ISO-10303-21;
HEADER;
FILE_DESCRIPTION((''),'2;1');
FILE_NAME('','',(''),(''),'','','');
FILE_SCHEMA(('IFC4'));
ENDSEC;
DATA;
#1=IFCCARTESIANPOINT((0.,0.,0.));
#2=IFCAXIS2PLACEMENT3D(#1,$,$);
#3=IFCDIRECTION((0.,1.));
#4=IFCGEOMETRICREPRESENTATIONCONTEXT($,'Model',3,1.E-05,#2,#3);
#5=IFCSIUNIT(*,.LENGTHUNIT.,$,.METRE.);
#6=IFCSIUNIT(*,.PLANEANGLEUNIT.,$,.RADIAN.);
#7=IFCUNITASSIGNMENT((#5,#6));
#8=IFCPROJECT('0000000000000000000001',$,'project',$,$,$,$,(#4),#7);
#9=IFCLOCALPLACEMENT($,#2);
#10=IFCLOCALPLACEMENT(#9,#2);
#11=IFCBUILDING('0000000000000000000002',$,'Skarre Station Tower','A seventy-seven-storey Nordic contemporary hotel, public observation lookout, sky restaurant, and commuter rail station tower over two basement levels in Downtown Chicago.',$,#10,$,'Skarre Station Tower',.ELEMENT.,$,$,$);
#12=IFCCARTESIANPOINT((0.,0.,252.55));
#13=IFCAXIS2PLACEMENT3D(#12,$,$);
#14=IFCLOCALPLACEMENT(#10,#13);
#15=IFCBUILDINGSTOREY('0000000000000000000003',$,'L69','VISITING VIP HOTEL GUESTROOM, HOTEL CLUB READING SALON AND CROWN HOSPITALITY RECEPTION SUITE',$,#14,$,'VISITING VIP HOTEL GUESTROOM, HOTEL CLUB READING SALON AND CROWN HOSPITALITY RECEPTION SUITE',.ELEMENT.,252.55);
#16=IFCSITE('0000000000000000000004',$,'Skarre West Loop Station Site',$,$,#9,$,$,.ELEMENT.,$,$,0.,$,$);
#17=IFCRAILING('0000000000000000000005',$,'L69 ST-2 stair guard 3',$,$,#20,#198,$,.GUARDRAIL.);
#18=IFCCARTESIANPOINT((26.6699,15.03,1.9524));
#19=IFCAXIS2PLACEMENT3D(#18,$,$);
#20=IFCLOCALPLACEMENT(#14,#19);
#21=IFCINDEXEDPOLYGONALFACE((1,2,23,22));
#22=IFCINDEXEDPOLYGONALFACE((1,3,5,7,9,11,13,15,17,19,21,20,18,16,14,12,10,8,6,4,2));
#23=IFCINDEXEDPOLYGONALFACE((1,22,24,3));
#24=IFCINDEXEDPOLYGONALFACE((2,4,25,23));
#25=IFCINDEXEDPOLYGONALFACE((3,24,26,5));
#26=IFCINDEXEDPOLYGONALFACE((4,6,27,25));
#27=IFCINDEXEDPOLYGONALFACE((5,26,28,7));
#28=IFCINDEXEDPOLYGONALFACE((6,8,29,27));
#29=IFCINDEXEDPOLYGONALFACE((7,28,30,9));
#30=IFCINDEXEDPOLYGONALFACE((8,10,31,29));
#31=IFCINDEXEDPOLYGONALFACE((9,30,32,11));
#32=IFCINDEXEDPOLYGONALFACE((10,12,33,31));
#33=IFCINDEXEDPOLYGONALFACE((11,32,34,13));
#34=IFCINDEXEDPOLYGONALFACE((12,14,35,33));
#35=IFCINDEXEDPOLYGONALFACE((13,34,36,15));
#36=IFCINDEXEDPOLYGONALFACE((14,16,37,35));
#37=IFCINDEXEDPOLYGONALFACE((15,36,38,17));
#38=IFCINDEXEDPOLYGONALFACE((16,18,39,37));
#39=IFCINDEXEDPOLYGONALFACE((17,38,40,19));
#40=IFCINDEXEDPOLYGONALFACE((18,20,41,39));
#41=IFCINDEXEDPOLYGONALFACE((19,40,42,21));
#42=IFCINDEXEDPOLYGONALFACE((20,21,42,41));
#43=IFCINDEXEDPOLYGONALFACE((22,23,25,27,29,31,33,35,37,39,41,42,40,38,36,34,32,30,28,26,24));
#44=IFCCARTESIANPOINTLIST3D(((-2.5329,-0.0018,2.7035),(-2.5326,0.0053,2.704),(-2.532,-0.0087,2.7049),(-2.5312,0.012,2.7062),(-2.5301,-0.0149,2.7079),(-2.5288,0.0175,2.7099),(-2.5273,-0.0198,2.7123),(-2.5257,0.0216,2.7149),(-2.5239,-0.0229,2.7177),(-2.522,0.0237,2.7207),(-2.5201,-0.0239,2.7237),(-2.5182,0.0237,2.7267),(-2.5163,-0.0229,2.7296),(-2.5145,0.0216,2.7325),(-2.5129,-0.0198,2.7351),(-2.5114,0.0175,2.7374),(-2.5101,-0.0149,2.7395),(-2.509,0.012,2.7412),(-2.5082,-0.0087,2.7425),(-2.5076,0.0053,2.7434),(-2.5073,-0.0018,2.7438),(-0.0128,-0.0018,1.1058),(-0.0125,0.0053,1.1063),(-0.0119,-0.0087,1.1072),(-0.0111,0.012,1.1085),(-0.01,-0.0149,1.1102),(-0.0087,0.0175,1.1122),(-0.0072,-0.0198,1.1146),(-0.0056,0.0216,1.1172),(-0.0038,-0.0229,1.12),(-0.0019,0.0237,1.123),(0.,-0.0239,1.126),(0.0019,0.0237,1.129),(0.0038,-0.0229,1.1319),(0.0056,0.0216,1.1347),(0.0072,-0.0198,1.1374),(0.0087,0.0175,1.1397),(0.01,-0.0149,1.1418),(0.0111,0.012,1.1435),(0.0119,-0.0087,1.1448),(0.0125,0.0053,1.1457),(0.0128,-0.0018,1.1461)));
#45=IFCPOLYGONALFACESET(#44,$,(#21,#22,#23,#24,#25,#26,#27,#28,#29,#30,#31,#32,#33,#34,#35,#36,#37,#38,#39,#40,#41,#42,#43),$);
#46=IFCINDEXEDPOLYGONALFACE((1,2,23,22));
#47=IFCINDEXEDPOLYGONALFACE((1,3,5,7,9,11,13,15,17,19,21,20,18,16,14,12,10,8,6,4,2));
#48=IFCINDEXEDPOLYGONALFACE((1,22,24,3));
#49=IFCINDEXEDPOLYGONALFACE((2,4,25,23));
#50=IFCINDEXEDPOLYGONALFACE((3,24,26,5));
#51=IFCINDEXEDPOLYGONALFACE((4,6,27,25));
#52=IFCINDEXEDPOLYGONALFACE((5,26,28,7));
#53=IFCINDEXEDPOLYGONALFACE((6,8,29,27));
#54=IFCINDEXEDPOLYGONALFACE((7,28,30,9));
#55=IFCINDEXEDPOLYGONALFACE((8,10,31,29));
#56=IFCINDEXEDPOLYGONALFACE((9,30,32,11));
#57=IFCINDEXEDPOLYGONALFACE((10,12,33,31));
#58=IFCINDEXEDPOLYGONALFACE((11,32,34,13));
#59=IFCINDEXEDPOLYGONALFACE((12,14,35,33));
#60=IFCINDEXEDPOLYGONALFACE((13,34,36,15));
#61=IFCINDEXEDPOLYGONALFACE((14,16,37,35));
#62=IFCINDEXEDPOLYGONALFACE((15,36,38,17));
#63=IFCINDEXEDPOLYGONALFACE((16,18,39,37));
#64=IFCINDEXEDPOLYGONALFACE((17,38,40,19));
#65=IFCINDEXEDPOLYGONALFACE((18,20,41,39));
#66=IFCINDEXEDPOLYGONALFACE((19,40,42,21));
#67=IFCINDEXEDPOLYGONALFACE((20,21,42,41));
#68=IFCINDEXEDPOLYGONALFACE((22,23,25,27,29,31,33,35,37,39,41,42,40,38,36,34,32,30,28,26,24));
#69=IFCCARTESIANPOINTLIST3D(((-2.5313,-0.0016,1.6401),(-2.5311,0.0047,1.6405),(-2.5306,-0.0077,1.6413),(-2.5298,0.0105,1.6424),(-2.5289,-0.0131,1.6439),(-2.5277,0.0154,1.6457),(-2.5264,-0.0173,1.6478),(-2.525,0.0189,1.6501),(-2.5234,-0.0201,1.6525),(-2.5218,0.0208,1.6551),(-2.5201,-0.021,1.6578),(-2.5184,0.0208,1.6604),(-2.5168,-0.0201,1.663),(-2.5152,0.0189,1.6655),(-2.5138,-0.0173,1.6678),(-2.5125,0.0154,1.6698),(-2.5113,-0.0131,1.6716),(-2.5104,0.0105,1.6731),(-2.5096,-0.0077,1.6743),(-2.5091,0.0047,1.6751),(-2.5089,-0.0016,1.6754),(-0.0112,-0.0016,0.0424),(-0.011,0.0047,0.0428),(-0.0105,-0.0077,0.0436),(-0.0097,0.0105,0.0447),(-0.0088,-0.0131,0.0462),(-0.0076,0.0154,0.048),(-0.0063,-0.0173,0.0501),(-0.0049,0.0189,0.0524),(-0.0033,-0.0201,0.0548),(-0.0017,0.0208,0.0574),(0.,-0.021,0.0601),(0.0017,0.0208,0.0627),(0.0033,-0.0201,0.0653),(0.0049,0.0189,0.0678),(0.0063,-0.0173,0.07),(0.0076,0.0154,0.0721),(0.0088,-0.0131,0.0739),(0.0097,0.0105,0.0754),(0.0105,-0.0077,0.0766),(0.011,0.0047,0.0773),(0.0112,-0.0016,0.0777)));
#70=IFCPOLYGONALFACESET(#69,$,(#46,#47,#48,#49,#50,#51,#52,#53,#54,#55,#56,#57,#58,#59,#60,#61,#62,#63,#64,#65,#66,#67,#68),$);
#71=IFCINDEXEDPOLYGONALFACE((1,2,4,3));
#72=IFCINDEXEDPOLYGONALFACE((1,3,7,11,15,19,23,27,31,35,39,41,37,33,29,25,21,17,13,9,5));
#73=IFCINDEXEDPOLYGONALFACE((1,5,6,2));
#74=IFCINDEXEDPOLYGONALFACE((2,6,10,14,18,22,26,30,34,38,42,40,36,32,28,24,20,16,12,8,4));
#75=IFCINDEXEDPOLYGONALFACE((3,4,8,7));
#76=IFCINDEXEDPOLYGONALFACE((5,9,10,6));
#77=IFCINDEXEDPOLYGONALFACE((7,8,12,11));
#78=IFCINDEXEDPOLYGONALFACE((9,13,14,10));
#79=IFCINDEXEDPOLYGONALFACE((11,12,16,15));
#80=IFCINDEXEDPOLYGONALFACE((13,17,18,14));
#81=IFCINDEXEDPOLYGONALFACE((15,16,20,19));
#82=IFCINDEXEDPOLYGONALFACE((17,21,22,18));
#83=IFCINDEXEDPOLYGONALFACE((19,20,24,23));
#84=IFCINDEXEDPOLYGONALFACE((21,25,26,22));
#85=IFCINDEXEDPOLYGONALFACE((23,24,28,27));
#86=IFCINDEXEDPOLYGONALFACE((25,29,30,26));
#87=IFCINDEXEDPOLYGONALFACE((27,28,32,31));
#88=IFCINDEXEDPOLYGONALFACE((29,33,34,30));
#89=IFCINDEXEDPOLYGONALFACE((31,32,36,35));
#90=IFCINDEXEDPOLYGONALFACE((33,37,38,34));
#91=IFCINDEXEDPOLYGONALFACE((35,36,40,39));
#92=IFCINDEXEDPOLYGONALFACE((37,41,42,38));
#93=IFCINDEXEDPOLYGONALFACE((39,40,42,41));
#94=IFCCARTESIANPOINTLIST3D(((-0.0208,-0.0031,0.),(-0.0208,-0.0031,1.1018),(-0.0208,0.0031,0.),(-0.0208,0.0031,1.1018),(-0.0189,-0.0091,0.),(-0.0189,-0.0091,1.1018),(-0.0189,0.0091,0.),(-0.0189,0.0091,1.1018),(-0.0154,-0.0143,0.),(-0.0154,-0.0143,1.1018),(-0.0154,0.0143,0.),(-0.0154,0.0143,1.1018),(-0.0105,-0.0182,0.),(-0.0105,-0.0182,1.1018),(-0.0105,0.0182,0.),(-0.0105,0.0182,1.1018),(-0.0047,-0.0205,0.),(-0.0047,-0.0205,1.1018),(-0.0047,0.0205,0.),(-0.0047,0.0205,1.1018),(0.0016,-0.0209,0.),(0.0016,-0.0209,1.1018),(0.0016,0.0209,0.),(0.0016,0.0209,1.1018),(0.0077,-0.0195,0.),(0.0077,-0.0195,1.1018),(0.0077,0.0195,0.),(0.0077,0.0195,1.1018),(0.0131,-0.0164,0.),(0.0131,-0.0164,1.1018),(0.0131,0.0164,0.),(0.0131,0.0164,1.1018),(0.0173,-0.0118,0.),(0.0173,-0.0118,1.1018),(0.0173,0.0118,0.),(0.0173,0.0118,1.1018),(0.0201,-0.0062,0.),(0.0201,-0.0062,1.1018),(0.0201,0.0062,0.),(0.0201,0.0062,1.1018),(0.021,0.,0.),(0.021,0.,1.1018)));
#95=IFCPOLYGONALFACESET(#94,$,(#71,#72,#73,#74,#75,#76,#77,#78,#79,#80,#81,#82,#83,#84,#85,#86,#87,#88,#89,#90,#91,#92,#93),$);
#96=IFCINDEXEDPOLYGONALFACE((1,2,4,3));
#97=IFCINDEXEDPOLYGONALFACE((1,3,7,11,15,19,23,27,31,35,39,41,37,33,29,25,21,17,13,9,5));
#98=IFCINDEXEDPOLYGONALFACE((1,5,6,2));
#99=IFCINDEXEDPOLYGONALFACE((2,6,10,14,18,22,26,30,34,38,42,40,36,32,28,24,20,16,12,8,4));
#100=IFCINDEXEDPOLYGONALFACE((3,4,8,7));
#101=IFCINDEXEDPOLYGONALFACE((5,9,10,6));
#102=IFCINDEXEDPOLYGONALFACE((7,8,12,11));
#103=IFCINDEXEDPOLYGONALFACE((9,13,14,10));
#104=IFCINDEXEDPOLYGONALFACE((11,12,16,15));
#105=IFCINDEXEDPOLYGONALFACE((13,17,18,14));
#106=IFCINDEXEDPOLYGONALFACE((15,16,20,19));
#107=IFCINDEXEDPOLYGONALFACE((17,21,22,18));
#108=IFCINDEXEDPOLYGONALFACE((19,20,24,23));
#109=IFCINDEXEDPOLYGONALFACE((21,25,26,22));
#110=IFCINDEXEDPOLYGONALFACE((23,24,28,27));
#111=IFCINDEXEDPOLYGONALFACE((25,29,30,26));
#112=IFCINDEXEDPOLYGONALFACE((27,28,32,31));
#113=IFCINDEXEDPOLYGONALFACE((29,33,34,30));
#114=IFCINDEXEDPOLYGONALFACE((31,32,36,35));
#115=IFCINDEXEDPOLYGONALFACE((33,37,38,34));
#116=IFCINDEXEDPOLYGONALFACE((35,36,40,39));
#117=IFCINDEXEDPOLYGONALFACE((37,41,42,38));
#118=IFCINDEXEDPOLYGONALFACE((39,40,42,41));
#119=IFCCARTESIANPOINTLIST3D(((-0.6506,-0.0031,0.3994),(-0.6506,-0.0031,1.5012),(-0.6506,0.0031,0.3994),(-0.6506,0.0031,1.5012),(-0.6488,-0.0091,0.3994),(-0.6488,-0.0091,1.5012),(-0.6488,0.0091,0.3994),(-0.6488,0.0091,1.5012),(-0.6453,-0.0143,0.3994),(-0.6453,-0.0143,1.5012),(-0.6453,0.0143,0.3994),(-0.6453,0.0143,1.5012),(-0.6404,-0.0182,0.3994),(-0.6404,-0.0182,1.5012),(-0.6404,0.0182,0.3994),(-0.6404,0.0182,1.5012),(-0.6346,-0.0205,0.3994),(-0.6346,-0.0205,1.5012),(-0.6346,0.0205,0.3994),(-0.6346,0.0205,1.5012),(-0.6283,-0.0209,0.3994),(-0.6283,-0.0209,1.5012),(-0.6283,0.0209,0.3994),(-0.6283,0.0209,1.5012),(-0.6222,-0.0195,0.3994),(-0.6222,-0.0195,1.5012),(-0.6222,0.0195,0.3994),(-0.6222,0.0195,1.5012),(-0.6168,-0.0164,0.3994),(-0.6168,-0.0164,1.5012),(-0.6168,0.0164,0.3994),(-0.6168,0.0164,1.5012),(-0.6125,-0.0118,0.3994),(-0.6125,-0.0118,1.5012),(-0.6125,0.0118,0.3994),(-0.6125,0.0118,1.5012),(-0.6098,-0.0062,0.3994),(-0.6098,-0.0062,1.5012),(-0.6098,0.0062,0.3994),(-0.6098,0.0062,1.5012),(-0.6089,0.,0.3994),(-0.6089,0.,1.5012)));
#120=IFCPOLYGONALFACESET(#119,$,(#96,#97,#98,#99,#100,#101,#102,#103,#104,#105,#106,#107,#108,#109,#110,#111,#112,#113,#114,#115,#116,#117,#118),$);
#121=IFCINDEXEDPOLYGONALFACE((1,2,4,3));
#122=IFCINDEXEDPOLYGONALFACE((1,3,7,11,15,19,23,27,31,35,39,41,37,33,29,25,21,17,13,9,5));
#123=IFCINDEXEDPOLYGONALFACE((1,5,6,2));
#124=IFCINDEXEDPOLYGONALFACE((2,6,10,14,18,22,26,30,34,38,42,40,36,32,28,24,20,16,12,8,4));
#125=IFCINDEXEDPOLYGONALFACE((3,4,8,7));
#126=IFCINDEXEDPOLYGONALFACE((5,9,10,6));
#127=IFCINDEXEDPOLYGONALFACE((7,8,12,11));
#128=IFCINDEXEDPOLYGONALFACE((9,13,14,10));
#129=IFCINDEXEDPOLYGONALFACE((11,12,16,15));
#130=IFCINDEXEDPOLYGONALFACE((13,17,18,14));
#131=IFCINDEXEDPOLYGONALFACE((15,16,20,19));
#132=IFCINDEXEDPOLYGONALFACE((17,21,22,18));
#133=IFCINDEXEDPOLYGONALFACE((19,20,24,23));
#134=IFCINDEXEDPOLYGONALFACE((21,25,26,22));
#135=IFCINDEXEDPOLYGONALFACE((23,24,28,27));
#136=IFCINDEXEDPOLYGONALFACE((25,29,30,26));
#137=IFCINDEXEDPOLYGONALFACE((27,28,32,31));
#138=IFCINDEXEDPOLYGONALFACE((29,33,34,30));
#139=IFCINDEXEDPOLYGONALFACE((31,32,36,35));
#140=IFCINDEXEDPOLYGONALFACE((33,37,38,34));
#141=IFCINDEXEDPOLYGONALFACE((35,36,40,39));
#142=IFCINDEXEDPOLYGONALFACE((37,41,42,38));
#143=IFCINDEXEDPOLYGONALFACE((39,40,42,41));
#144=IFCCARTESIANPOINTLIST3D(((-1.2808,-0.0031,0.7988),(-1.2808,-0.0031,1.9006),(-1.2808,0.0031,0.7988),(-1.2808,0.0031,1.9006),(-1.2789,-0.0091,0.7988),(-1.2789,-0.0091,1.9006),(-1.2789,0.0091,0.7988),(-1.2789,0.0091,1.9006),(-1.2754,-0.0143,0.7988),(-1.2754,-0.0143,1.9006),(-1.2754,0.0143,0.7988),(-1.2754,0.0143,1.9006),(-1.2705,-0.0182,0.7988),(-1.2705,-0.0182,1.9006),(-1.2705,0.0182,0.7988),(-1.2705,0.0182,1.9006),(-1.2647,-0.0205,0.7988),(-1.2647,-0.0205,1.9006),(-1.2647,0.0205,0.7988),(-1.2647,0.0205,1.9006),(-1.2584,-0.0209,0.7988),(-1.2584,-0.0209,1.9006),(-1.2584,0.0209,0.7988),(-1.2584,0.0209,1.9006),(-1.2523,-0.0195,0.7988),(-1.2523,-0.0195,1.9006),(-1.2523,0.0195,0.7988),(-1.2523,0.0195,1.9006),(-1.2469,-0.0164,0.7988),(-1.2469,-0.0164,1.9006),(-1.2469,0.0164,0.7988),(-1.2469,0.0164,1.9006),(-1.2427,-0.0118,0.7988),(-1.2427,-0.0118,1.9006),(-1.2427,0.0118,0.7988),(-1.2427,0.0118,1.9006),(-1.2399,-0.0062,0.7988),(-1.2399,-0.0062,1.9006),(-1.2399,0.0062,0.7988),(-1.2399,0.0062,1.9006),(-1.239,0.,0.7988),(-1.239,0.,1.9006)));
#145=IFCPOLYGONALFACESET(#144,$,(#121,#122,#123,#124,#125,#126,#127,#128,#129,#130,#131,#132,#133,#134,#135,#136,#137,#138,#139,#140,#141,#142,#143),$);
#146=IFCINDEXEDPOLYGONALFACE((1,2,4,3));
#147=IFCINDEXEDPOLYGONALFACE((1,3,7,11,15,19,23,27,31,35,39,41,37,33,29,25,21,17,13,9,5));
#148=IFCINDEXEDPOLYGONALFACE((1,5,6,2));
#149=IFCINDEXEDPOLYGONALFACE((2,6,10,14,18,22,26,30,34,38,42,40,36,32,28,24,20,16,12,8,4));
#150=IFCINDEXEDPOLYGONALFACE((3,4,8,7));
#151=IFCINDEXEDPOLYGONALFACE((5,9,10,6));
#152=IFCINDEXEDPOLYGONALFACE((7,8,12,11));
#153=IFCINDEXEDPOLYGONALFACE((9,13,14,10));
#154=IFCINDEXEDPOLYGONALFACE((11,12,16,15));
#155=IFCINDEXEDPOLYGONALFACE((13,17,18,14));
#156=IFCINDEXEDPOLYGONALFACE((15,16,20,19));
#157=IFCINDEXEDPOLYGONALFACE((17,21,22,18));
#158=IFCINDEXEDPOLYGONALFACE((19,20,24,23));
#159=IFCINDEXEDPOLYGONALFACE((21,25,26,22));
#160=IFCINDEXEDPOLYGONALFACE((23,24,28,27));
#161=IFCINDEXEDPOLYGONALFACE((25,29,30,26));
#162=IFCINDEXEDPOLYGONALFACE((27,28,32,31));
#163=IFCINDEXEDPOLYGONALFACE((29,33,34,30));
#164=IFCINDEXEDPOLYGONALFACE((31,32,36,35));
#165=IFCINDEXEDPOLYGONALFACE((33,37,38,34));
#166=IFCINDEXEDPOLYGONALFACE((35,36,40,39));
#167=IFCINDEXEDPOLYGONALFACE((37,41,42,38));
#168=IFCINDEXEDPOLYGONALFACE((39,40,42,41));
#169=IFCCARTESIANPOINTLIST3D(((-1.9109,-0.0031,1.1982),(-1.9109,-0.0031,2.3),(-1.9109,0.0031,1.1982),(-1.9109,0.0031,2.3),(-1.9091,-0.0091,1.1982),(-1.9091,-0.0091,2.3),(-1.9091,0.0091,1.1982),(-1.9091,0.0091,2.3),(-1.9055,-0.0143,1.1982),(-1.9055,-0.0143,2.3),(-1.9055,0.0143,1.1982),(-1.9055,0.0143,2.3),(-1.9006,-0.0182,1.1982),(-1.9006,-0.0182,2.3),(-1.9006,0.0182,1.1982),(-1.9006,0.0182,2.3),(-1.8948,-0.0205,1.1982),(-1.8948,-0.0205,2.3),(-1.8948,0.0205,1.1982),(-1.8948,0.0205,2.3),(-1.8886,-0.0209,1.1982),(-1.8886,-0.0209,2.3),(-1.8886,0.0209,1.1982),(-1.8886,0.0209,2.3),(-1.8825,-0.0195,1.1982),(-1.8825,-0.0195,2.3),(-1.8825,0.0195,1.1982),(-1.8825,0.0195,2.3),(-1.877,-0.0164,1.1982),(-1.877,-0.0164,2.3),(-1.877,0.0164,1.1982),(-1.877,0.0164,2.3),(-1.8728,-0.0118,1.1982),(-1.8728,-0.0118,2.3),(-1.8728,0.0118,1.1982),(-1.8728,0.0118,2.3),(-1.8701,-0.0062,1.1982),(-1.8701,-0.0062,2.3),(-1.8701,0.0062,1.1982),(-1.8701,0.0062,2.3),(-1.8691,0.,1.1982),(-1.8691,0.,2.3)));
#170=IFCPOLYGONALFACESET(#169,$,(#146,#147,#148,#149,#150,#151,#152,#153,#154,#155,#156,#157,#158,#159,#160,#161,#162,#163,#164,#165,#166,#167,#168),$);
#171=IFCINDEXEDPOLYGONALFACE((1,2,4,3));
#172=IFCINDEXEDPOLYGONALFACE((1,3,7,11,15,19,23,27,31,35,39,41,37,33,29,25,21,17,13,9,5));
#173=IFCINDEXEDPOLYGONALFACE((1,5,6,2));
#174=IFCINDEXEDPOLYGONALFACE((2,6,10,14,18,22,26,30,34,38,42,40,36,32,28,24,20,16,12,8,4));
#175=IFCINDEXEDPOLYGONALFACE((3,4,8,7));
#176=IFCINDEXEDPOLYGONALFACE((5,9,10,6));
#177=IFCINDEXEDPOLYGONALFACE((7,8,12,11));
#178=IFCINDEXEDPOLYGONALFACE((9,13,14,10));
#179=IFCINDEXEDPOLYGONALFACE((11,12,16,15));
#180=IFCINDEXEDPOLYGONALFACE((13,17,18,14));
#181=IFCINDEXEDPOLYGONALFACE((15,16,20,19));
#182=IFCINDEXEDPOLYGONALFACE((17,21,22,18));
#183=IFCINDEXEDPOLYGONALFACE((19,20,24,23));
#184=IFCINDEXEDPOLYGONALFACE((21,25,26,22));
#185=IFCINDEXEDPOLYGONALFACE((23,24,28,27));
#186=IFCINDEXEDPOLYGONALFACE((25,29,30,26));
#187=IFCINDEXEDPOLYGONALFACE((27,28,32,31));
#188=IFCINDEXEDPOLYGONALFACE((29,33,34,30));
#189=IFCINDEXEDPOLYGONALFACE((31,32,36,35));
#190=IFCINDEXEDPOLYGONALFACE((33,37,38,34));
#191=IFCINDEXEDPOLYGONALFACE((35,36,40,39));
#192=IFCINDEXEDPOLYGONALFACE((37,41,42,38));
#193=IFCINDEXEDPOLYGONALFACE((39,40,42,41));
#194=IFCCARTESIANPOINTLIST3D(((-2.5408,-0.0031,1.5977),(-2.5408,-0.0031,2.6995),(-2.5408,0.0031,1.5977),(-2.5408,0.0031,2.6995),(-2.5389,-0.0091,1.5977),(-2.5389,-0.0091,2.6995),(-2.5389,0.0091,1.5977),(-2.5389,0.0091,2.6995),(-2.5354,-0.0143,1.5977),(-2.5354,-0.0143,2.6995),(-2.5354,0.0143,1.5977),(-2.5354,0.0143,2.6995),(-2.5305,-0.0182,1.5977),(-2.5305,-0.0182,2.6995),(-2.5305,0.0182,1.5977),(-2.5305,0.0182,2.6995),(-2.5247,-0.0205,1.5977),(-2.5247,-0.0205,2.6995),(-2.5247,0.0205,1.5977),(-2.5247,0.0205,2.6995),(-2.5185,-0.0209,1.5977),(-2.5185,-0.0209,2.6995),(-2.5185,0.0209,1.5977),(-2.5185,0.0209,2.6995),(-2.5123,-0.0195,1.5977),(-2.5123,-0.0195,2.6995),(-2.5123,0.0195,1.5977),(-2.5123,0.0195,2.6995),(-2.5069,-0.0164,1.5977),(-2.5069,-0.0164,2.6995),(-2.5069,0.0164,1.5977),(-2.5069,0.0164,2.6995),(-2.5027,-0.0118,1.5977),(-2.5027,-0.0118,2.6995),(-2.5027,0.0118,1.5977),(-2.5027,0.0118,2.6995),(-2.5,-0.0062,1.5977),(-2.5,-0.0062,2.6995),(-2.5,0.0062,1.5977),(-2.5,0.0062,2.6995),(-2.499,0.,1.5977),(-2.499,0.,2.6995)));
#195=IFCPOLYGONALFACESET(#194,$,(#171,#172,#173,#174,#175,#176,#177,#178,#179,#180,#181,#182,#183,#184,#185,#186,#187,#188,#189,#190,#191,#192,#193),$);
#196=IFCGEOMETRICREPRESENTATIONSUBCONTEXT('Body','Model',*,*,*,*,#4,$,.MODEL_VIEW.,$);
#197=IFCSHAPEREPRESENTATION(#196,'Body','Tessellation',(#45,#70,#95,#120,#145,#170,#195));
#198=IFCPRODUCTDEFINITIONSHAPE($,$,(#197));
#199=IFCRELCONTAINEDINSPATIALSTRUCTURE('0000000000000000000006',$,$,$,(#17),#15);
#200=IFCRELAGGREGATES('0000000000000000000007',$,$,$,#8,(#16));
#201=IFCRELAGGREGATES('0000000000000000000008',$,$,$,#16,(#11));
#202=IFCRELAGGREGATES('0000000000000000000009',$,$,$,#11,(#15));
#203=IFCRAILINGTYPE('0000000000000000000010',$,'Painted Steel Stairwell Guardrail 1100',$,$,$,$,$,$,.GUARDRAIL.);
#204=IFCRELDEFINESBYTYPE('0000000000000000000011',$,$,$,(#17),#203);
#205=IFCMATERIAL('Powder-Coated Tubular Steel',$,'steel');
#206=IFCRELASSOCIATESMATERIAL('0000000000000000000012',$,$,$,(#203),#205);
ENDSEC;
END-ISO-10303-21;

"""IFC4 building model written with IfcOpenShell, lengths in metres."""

from ifc_helpers import new_model, si_unit, direction, frame, origin, origin_2d, place, context, subcontext, project, spatial, circle, extrude, material, type_object, element, save


model = new_model("IFC4")

# Units and contexts
model_context = context("Model", 3, precision=1e-05, world=origin(), true_north=direction((0.0, 1.0)))
body_context = subcontext(model_context, "Body", "Model", "MODEL_VIEW")
ifc_project = project(units=[si_unit("LENGTHUNIT", "METRE"), si_unit("PLANEANGLEUNIT", "RADIAN")], contexts=[model_context])

# Site, building, storey
site_placement = place(None, origin())
site = spatial("IfcSite", under=ifc_project, at=site_placement, Name="Skarre West Loop Station Site", CompositionType="ELEMENT", RefElevation=0.0)
building_placement = place(site_placement, origin())
building = spatial("IfcBuilding", under=site, at=building_placement, Name="Skarre Station Tower", Description="A seventy-seven-storey Nordic contemporary hotel, public observation lookout, sky restaurant, and commuter rail station tower over two basement levels in Downtown Chicago.", LongName="Skarre Station Tower", CompositionType="ELEMENT")
storey_placement = place(building_placement, frame((0.0, 0.0, 252.55)))
storey = spatial("IfcBuildingStorey", under=building, at=storey_placement, Name="L69", Description="VISITING VIP HOTEL GUESTROOM, HOTEL CLUB READING SALON AND CROWN HOSPITALITY RECEPTION SUITE", LongName="VISITING VIP HOTEL GUESTROOM, HOTEL CLUB READING SALON AND CROWN HOSPITALITY RECEPTION SUITE", CompositionType="ELEMENT", Elevation=252.55)

# Railing
ifc_material_1 = material(Name="Powder-Coated Tubular Steel", Category="steel")
railing_type_1 = type_object("IfcRailingType", Name="Painted Steel Stairwell Guardrail 1100", PredefinedType="GUARDRAIL", material=ifc_material_1)
railing_1_placement = place(storey_placement, frame((26.6699, 15.03, 1.9524)))
element("IfcRailing", 1, at=railing_1_placement, inside=storey, type_object=railing_type_1, Name="L69 ST-2 stair guard 3", PredefinedType="GUARDRAIL", context=body_context, shape_type="SweptSolid", body=[
    extrude(circle(Radius=0.0239, at=origin_2d()), frame((0.0, 0.0, 1.126), z_axis=(-0.84457, 0.0, 0.535445), x_axis=(0.0, -1.0, 0.0)), (0.0, 0.0, 1.0), 2.9839),
    extrude(circle(Radius=0.021, at=origin_2d()), frame((0.0, 0.0, 0.0601), z_axis=(-0.84457, 0.0, 0.535445), x_axis=(0.0, -1.0, 0.0)), (0.0, 0.0, 1.0), 2.9839),
    extrude(circle(Radius=0.021, at=origin_2d()), origin(), (0.0, 0.0, 1.0), 1.1018),
    extrude(circle(Radius=0.021, at=origin_2d()), frame((-0.6299, 0.0, 0.3994)), (0.0, 0.0, 1.0), 1.1018),
    extrude(circle(Radius=0.021, at=origin_2d()), frame((-1.26, 0.0, 0.7988)), (0.0, 0.0, 1.0), 1.1018),
    extrude(circle(Radius=0.021, at=origin_2d()), frame((-1.8901, 0.0, 1.1982)), (0.0, 0.0, 1.0), 1.1018),
    extrude(circle(Radius=0.021, at=origin_2d()), frame((-2.52, 0.0, 1.5977)), (0.0, 0.0, 1.0), 1.1018),
])

save(model, "model.ifc")
